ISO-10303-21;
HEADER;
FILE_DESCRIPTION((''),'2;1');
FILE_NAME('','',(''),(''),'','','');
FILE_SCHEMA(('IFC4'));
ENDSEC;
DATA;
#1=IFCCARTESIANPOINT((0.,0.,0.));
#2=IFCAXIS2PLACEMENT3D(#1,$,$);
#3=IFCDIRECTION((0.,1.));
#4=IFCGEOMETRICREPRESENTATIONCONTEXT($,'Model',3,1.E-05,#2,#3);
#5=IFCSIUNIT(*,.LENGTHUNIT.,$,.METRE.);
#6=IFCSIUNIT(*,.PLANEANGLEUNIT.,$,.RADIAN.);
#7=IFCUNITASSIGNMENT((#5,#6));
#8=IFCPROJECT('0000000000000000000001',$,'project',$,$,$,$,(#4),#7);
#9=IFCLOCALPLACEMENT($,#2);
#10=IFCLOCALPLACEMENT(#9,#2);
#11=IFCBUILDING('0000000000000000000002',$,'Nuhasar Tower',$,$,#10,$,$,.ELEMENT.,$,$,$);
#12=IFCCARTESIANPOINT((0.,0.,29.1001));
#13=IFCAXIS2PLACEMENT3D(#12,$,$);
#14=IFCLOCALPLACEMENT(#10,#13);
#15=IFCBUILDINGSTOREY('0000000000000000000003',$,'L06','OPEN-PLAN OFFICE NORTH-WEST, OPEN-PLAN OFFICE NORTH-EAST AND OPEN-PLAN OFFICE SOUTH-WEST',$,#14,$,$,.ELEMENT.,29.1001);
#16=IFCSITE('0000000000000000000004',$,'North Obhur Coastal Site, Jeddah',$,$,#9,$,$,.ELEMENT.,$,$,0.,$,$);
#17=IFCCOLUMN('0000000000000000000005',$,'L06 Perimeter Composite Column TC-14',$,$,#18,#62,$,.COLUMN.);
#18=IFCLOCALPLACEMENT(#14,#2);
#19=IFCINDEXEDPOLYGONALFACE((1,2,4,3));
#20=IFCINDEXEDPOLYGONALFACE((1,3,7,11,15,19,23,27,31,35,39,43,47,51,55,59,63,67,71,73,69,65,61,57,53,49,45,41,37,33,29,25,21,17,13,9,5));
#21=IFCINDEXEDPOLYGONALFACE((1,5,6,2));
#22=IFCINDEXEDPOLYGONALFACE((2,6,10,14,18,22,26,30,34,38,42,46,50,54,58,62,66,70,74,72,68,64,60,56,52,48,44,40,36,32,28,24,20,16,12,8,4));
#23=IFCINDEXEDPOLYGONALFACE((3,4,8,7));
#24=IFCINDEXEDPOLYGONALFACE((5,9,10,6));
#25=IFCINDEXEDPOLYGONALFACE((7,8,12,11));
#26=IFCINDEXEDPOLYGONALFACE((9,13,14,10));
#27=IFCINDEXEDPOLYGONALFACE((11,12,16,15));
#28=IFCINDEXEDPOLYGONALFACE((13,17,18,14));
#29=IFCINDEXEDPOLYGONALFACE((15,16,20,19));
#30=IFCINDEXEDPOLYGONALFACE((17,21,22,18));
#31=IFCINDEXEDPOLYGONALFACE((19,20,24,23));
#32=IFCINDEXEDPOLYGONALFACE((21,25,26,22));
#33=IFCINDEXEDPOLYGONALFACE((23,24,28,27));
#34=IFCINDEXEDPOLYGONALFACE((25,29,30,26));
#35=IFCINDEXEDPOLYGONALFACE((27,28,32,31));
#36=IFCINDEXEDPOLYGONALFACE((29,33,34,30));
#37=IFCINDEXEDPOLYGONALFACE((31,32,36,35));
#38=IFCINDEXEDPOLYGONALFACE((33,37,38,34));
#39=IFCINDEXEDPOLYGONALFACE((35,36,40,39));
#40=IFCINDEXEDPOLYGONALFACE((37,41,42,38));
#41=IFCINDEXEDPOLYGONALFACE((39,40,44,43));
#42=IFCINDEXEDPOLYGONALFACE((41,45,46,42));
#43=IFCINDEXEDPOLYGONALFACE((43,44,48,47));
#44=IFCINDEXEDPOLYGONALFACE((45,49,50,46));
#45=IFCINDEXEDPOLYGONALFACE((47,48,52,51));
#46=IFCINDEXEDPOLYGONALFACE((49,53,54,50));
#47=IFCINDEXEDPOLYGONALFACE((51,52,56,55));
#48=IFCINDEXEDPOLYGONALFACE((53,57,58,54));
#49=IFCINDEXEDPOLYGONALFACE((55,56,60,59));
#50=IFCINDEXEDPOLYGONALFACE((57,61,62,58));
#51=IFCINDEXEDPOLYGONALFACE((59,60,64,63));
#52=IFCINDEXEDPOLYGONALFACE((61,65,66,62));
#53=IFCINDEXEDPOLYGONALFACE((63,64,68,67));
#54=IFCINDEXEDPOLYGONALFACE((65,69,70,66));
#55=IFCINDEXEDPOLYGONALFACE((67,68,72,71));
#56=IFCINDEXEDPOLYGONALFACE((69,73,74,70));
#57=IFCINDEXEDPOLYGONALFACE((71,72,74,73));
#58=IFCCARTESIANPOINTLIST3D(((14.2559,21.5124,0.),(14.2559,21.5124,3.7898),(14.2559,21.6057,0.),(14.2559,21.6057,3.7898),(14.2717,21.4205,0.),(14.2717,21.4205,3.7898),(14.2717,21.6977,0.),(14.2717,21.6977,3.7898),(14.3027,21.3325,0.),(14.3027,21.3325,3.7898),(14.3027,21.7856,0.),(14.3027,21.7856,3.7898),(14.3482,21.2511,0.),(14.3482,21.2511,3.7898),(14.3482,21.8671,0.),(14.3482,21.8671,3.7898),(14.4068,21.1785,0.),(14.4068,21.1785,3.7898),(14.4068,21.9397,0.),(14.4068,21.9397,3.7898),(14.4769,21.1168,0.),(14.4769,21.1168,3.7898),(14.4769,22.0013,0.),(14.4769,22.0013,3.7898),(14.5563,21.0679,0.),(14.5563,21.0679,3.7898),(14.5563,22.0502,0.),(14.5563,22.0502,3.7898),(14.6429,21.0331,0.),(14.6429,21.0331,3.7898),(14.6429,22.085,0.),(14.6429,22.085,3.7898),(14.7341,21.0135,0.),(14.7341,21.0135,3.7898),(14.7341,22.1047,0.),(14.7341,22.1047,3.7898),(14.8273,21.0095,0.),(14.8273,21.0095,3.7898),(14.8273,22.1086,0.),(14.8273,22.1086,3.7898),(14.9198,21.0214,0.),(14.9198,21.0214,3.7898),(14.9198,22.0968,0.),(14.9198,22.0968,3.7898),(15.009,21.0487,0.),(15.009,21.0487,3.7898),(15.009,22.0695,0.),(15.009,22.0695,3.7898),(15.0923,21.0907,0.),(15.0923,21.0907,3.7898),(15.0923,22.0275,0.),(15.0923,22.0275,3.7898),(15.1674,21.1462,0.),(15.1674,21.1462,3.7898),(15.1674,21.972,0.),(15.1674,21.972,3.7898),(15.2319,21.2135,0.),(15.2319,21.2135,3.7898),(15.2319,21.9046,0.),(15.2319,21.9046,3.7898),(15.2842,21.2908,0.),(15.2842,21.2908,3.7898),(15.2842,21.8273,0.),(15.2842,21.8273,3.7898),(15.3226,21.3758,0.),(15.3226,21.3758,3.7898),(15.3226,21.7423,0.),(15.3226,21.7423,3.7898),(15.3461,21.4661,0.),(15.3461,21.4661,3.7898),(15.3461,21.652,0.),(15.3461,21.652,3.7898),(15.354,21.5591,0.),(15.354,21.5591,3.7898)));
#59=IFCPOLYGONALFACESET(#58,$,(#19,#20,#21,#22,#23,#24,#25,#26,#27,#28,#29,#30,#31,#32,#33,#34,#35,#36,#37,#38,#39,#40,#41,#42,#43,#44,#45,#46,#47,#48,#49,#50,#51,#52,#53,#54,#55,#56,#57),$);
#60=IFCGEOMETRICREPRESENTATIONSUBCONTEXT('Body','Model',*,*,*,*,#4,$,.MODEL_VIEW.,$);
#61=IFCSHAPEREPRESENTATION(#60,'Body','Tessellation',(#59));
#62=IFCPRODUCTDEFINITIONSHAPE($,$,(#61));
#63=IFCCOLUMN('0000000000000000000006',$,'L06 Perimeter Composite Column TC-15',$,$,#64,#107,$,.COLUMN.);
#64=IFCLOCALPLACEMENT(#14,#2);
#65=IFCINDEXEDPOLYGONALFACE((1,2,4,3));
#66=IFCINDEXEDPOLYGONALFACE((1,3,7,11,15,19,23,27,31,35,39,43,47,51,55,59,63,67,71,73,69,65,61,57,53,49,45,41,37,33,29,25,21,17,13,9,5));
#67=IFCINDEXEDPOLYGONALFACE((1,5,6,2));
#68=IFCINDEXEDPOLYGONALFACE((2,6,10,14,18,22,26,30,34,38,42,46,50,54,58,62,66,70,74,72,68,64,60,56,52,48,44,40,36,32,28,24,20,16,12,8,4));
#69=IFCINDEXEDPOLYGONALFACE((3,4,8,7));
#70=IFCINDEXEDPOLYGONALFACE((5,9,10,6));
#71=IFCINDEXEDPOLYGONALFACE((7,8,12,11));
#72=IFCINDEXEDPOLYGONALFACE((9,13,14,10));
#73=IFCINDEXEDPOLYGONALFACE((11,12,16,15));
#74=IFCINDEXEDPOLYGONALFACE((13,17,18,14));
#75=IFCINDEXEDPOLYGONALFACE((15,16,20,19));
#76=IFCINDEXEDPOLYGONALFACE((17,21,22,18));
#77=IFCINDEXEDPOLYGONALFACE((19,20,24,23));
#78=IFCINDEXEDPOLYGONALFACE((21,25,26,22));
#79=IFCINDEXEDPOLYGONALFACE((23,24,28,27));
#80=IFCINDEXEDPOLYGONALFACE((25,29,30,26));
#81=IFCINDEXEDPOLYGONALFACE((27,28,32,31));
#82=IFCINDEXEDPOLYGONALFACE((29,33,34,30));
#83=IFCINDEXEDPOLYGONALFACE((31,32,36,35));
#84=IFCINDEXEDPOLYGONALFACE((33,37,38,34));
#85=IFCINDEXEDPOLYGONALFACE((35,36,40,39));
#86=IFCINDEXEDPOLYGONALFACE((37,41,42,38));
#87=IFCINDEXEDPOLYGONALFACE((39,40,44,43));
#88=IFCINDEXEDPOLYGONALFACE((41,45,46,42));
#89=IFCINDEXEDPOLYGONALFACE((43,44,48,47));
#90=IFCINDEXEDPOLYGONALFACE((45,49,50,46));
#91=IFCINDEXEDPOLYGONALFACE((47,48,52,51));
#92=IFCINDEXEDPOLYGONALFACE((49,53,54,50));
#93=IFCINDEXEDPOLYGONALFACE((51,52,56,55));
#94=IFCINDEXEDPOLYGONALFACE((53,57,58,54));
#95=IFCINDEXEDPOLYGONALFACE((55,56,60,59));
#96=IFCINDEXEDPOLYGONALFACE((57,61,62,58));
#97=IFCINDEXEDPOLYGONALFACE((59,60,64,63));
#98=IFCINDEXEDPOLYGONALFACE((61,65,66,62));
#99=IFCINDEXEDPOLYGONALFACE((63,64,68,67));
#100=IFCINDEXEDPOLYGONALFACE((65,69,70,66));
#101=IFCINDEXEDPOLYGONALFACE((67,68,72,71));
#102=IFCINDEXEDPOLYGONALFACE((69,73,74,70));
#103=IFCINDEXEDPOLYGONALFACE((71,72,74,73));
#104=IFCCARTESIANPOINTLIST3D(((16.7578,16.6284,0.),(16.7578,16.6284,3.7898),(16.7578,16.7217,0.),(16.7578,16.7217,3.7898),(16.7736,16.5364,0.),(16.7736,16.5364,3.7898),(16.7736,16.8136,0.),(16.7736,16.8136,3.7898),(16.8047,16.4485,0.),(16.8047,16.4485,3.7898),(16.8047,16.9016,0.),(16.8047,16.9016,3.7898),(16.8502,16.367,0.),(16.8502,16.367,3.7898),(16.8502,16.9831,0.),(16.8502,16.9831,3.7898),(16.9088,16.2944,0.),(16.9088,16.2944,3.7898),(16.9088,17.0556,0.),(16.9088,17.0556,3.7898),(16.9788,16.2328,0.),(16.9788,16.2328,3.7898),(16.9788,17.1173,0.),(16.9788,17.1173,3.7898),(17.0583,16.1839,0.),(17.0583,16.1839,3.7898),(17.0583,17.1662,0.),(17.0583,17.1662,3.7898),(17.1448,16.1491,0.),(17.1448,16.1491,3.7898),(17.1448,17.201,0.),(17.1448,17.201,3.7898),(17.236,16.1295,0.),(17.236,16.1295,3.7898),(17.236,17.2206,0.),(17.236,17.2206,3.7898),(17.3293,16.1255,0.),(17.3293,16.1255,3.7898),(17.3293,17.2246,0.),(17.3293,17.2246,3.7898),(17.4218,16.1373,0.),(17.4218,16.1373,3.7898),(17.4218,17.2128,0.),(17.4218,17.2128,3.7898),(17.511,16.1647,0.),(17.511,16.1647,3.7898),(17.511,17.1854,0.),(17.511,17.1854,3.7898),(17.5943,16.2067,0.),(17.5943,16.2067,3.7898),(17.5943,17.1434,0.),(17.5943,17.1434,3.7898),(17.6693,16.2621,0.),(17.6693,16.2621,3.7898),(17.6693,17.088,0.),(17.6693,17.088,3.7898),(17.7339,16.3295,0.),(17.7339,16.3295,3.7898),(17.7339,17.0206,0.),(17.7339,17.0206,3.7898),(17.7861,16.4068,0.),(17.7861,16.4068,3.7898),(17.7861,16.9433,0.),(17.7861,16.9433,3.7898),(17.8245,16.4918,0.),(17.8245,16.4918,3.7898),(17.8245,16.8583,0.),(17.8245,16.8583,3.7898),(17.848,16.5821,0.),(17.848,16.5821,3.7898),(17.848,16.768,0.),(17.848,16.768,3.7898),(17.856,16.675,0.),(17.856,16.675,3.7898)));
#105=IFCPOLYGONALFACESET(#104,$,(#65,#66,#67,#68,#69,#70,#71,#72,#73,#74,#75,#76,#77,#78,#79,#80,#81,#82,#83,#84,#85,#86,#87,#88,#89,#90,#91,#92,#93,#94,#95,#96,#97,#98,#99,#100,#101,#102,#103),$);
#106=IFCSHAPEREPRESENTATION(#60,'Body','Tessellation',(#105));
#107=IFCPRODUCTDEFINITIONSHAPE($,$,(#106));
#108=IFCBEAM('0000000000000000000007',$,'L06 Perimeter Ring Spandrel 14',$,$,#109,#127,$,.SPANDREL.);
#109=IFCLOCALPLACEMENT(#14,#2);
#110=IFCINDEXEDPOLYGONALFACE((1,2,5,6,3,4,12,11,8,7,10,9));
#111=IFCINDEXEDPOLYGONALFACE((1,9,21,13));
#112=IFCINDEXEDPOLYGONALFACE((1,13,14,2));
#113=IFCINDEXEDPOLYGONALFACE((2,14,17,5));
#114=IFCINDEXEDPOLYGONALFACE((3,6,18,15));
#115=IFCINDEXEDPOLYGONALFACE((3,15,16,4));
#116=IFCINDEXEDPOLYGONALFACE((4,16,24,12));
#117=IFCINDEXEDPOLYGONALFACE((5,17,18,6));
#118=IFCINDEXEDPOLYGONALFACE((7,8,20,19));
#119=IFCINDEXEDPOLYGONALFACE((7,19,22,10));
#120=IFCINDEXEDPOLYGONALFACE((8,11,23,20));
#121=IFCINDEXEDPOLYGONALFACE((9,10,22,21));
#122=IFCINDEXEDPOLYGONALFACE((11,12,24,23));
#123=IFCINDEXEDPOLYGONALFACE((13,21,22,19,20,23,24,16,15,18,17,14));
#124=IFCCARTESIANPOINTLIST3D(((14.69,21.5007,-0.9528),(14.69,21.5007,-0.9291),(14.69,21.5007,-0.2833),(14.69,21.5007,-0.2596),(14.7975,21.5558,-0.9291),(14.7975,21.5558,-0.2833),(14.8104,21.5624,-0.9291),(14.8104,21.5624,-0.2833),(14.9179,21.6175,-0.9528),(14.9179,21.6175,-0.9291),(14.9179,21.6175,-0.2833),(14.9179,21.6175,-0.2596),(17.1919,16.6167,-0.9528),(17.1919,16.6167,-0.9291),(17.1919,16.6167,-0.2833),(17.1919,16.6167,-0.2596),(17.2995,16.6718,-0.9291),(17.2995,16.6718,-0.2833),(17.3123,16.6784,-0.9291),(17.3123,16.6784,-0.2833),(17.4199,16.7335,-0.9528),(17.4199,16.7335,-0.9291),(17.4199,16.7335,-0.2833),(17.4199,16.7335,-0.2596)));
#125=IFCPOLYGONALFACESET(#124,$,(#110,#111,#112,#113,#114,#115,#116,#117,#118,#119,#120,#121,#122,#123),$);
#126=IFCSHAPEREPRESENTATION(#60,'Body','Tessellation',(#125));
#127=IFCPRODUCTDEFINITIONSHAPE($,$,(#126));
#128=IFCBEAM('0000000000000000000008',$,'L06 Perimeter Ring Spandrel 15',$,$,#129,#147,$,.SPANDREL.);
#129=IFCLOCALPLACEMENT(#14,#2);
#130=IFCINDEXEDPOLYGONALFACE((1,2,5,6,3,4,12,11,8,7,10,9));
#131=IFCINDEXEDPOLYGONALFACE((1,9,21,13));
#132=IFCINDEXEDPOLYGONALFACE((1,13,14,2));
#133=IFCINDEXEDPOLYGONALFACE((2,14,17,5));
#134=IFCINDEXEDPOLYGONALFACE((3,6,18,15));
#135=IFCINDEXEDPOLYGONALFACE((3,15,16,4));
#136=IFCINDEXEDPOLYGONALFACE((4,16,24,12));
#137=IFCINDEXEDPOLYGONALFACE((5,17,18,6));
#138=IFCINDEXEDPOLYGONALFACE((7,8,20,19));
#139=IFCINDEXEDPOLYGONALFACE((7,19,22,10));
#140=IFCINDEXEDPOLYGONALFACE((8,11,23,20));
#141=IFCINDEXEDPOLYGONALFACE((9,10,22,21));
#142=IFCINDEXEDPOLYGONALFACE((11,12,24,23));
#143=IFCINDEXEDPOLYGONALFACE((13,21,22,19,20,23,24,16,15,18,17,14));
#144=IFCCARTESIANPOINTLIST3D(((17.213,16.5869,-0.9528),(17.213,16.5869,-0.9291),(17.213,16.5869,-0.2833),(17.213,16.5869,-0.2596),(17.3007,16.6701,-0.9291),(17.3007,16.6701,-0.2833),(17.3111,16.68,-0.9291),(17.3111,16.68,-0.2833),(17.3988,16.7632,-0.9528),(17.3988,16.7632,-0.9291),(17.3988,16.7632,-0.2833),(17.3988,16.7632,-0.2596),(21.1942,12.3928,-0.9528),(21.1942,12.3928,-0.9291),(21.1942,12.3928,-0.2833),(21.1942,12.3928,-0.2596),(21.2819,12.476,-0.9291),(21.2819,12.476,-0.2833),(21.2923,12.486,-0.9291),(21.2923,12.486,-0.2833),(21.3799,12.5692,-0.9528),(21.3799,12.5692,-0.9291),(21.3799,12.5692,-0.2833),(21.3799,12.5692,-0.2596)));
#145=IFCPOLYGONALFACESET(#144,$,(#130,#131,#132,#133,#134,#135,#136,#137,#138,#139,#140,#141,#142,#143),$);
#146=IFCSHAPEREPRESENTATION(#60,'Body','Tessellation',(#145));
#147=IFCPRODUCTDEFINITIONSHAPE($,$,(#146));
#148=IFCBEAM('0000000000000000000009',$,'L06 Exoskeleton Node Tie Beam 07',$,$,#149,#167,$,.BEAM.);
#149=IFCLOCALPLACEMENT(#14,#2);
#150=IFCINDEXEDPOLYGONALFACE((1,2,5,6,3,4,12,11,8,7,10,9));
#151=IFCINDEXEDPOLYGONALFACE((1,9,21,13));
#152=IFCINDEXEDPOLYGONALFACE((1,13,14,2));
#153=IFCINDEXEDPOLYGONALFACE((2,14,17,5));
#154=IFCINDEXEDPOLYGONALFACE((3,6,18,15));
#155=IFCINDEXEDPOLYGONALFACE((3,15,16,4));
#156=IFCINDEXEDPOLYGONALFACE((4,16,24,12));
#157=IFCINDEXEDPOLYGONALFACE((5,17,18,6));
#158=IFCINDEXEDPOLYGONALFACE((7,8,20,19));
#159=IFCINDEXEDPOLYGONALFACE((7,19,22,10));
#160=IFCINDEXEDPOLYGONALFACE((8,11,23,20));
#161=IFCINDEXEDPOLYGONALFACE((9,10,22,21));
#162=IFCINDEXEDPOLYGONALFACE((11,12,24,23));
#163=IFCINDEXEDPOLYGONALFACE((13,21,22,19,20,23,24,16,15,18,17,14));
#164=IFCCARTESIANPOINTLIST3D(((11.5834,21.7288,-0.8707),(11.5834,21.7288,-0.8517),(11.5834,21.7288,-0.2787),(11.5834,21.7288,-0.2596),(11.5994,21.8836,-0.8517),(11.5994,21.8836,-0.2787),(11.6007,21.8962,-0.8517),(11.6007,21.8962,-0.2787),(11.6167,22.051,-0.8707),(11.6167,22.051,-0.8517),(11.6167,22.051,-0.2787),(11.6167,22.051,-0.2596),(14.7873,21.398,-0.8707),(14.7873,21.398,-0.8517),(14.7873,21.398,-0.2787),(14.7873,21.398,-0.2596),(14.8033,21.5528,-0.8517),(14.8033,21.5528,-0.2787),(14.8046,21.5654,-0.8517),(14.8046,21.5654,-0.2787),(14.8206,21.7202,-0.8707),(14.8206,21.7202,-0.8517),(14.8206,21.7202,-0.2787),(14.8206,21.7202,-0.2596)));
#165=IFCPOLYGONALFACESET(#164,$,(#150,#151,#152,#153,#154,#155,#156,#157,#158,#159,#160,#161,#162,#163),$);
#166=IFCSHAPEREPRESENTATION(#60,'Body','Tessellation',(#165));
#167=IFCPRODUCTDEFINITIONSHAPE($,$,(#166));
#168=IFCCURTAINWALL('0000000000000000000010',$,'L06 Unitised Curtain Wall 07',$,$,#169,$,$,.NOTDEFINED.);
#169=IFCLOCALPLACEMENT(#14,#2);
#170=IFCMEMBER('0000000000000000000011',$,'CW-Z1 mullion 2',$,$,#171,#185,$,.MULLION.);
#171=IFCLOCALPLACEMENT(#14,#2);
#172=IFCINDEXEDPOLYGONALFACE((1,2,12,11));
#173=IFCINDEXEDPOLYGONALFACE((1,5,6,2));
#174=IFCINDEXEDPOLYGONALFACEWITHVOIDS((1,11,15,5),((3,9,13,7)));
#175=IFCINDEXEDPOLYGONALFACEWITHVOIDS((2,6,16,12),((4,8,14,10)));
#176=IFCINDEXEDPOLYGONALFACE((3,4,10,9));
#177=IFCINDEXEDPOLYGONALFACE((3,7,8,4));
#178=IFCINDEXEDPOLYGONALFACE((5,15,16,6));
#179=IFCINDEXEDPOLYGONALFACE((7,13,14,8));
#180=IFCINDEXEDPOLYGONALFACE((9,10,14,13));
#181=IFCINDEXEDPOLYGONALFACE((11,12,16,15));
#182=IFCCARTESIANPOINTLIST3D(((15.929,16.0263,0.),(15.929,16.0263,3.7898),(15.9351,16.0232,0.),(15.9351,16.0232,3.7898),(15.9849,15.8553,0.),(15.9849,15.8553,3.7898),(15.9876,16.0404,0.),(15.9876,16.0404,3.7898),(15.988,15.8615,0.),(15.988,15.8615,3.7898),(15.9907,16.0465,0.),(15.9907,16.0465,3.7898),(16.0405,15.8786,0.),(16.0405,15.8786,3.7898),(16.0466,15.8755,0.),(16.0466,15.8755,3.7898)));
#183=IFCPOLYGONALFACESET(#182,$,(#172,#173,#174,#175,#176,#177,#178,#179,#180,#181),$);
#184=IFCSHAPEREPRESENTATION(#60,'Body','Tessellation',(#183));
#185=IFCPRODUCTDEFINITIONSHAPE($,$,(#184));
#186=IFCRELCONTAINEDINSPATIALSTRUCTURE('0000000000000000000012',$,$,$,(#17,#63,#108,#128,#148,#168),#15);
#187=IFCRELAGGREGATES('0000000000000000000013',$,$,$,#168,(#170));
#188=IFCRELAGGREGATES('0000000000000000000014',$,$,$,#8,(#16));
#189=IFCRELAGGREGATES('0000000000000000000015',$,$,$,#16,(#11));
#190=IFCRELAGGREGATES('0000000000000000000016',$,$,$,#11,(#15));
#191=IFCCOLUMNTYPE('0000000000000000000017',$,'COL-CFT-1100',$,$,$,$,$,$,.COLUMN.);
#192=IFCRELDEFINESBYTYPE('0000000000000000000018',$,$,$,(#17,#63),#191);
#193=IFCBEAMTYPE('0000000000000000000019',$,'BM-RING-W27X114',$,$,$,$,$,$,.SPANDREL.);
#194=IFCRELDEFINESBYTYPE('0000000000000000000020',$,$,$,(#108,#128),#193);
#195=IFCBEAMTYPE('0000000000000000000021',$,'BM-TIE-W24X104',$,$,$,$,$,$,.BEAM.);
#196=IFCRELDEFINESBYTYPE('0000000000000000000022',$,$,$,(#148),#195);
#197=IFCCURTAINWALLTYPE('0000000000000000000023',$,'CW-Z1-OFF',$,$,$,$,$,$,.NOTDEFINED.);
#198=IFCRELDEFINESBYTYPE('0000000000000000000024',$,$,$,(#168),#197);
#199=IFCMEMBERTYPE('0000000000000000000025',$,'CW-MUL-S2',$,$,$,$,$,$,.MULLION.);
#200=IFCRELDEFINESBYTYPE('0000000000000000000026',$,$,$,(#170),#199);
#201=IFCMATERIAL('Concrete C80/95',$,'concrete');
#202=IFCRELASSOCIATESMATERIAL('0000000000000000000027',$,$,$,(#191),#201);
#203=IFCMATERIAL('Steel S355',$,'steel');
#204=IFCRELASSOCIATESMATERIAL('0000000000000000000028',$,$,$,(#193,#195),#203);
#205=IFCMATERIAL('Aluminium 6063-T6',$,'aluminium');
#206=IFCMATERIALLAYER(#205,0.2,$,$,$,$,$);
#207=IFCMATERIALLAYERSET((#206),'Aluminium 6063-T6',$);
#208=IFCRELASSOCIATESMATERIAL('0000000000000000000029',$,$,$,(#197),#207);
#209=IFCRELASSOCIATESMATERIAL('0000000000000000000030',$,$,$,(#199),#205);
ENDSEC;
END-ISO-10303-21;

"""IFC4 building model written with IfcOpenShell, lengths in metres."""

from ifc_helpers import new_model, si_unit, direction, frame, origin, origin_2d, place, context, subcontext, project, spatial, hollow_rectangle, circle, i_section, extrude, material, layer, layer_set, material_profile, profile_set, type_object, element, aggregate, save


model = new_model("IFC4")

# Units and contexts
model_context = context("Model", 3, precision=1e-05, world=origin(), true_north=direction((0.0, 1.0)))
body_context = subcontext(model_context, "Body", "Model", "MODEL_VIEW")
ifc_project = project(units=[si_unit("LENGTHUNIT", "METRE"), si_unit("PLANEANGLEUNIT", "RADIAN")], contexts=[model_context])

# Site, building, storey
site_placement = place(None, origin())
site = spatial("IfcSite", under=ifc_project, at=site_placement, Name="North Obhur Coastal Site, Jeddah", CompositionType="ELEMENT", RefElevation=0.0)
building_placement = place(site_placement, origin())
building = spatial("IfcBuilding", under=site, at=building_placement, Name="Nuhasar Tower", CompositionType="ELEMENT")
storey_placement = place(building_placement, frame((0.0, 0.0, 29.1001)))
storey = spatial("IfcBuildingStorey", under=building, at=storey_placement, Name="L06", Description="OPEN-PLAN OFFICE NORTH-WEST, OPEN-PLAN OFFICE NORTH-EAST AND OPEN-PLAN OFFICE SOUTH-WEST", CompositionType="ELEMENT", Elevation=29.1001)

# Columns
ifc_material_1 = material(Name="Concrete C80/95", Category="concrete")
ifc_material_profile_1 = material_profile(ifc_material_1, circle(Radius=0.55, at=origin_2d()), Name="CFT1100")
ifc_profile_set_1 = profile_set([ifc_material_profile_1], Name="Concrete C80/95")
column_type = type_object("IfcColumnType", Name="COL-CFT-1100", PredefinedType="COLUMN", material=ifc_profile_set_1)
for number, where, z_axis, x_axis, name in (
    (1, (14.804, 21.5591, 0.0), (0.0, 0.0, 1.0), (1.0, 0.0, 0.0), "L06 Perimeter Composite Column TC-14"),
    (2, (17.3059, 16.675, 0.0), (0.0, 0.0, 1.0), (1.0, 0.0, 0.0), "L06 Perimeter Composite Column TC-15"),
):
    element("IfcColumn", number, at=place(storey_placement, frame(where, z_axis=z_axis, x_axis=x_axis)), inside=storey, type_object=column_type, Name=name, PredefinedType="COLUMN", context=body_context, shape_type="SweptSolid", body=[
        extrude(circle(Radius=0.55, at=origin_2d()), origin(), (0.0, 0.0, 1.0), 3.7898),
    ])

# Beams
ifc_material_2 = material(Name="Steel S355", Category="steel")
ifc_material_profile_2 = material_profile(ifc_material_2, i_section(OverallWidth=0.2561, OverallDepth=0.6931, WebThickness=0.0144, FlangeThickness=0.0237, at=origin_2d()), Name="W27X114")
ifc_profile_set_2 = profile_set([ifc_material_profile_2], Name="Steel S355")
beam_type_1 = type_object("IfcBeamType", Name="BM-RING-W27X114", PredefinedType="SPANDREL", material=ifc_profile_set_2)
beam_1_placement = place(storey_placement, frame((14.804, 21.5591, -0.6062), z_axis=(0.45593, -0.890016, 0.0), x_axis=(0.890016, 0.45593, 0.0)))
element("IfcBeam", 3, at=beam_1_placement, inside=storey, type_object=beam_type_1, Name="L06 Perimeter Ring Spandrel 14", PredefinedType="SPANDREL", context=body_context, shape_type="SweptSolid", body=[
    extrude(i_section(OverallWidth=0.2561, OverallDepth=0.6931, WebThickness=0.0144, FlangeThickness=0.0237, at=origin_2d()), origin(), (0.0, 0.0, 1.0), 5.4875),
])
beam_2_placement = place(storey_placement, frame((17.3059, 16.675, -0.6062), z_axis=(0.68846, -0.725274, 0.0), x_axis=(0.725274, 0.68846, 0.0)))
element("IfcBeam", 4, at=beam_2_placement, inside=storey, type_object=beam_type_1, Name="L06 Perimeter Ring Spandrel 15", PredefinedType="SPANDREL", context=body_context, shape_type="SweptSolid", body=[
    extrude(i_section(OverallWidth=0.2561, OverallDepth=0.6931, WebThickness=0.0144, FlangeThickness=0.0237, at=origin_2d()), origin(), (0.0, 0.0, 1.0), 5.7827),
])
ifc_material_profile_3 = material_profile(ifc_material_2, i_section(OverallWidth=0.324, OverallDepth=0.6111, WebThickness=0.0127, FlangeThickness=0.019, at=origin_2d()), Name="W24X104")
ifc_profile_set_3 = profile_set([ifc_material_profile_3], Name="Steel S355")
beam_type_2 = type_object("IfcBeamType", Name="BM-TIE-W24X104", PredefinedType="BEAM", material=ifc_profile_set_3)
beam_3_placement = place(storey_placement, frame((14.804, 21.5591, -0.5652), z_axis=(-0.994712, 0.102708, 0.0), x_axis=(-0.102708, -0.994712, 0.0)))
element("IfcBeam", 5, at=beam_3_placement, inside=storey, type_object=beam_type_2, Name="L06 Exoskeleton Node Tie Beam 07", PredefinedType="BEAM", context=body_context, shape_type="SweptSolid", body=[
    extrude(i_section(OverallWidth=0.324, OverallDepth=0.6111, WebThickness=0.0127, FlangeThickness=0.019, at=origin_2d()), origin(), (0.0, 0.0, 1.0), 3.2209),
])

# Curtain wall, member
ifc_material_3 = material(Name="Aluminium 6063-T6", Category="aluminium")
ifc_layer_1 = layer(ifc_material_3, 0.2)
ifc_layer_set_1 = layer_set([ifc_layer_1], Name="Aluminium 6063-T6")
curtain_wall_type = type_object("IfcCurtainWallType", Name="CW-Z1-OFF", PredefinedType="NOTDEFINED", material=ifc_layer_set_1)
curtain_wall_1_placement = place(storey_placement, origin())
curtain_wall_1 = element("IfcCurtainWall", 6, at=curtain_wall_1_placement, inside=storey, type_object=curtain_wall_type, Name="L06 Unitised Curtain Wall 07", PredefinedType="NOTDEFINED")
ifc_material_profile_4 = material_profile(ifc_material_3, hollow_rectangle(XDim=0.0649, YDim=0.1799, WallThickness=0.0049, at=origin_2d()), Name="CWM-2")
ifc_profile_set_4 = profile_set([ifc_material_profile_4], Name="Aluminium 6063-T6")
member_type_1 = type_object("IfcMemberType", Name="CW-MUL-S2", PredefinedType="MULLION", material=ifc_profile_set_4)
member_1_placement = place(storey_placement, frame((15.9878, 15.9509, 0.0), z_axis=(0.0, 0.0, 1.0), x_axis=(0.950468, 0.310824, 0.0)))
member_1 = element("IfcMember", 7, at=member_1_placement, type_object=member_type_1, Name="CW-Z1 mullion 2", PredefinedType="MULLION", context=body_context, shape_type="SweptSolid", body=[
    extrude(hollow_rectangle(XDim=0.0649, YDim=0.1799, WallThickness=0.0049, at=origin_2d()), origin(), (0.0, 0.0, 1.0), 3.7898),
])

aggregate(curtain_wall_1, [member_1])

save(model, "model.ifc")
